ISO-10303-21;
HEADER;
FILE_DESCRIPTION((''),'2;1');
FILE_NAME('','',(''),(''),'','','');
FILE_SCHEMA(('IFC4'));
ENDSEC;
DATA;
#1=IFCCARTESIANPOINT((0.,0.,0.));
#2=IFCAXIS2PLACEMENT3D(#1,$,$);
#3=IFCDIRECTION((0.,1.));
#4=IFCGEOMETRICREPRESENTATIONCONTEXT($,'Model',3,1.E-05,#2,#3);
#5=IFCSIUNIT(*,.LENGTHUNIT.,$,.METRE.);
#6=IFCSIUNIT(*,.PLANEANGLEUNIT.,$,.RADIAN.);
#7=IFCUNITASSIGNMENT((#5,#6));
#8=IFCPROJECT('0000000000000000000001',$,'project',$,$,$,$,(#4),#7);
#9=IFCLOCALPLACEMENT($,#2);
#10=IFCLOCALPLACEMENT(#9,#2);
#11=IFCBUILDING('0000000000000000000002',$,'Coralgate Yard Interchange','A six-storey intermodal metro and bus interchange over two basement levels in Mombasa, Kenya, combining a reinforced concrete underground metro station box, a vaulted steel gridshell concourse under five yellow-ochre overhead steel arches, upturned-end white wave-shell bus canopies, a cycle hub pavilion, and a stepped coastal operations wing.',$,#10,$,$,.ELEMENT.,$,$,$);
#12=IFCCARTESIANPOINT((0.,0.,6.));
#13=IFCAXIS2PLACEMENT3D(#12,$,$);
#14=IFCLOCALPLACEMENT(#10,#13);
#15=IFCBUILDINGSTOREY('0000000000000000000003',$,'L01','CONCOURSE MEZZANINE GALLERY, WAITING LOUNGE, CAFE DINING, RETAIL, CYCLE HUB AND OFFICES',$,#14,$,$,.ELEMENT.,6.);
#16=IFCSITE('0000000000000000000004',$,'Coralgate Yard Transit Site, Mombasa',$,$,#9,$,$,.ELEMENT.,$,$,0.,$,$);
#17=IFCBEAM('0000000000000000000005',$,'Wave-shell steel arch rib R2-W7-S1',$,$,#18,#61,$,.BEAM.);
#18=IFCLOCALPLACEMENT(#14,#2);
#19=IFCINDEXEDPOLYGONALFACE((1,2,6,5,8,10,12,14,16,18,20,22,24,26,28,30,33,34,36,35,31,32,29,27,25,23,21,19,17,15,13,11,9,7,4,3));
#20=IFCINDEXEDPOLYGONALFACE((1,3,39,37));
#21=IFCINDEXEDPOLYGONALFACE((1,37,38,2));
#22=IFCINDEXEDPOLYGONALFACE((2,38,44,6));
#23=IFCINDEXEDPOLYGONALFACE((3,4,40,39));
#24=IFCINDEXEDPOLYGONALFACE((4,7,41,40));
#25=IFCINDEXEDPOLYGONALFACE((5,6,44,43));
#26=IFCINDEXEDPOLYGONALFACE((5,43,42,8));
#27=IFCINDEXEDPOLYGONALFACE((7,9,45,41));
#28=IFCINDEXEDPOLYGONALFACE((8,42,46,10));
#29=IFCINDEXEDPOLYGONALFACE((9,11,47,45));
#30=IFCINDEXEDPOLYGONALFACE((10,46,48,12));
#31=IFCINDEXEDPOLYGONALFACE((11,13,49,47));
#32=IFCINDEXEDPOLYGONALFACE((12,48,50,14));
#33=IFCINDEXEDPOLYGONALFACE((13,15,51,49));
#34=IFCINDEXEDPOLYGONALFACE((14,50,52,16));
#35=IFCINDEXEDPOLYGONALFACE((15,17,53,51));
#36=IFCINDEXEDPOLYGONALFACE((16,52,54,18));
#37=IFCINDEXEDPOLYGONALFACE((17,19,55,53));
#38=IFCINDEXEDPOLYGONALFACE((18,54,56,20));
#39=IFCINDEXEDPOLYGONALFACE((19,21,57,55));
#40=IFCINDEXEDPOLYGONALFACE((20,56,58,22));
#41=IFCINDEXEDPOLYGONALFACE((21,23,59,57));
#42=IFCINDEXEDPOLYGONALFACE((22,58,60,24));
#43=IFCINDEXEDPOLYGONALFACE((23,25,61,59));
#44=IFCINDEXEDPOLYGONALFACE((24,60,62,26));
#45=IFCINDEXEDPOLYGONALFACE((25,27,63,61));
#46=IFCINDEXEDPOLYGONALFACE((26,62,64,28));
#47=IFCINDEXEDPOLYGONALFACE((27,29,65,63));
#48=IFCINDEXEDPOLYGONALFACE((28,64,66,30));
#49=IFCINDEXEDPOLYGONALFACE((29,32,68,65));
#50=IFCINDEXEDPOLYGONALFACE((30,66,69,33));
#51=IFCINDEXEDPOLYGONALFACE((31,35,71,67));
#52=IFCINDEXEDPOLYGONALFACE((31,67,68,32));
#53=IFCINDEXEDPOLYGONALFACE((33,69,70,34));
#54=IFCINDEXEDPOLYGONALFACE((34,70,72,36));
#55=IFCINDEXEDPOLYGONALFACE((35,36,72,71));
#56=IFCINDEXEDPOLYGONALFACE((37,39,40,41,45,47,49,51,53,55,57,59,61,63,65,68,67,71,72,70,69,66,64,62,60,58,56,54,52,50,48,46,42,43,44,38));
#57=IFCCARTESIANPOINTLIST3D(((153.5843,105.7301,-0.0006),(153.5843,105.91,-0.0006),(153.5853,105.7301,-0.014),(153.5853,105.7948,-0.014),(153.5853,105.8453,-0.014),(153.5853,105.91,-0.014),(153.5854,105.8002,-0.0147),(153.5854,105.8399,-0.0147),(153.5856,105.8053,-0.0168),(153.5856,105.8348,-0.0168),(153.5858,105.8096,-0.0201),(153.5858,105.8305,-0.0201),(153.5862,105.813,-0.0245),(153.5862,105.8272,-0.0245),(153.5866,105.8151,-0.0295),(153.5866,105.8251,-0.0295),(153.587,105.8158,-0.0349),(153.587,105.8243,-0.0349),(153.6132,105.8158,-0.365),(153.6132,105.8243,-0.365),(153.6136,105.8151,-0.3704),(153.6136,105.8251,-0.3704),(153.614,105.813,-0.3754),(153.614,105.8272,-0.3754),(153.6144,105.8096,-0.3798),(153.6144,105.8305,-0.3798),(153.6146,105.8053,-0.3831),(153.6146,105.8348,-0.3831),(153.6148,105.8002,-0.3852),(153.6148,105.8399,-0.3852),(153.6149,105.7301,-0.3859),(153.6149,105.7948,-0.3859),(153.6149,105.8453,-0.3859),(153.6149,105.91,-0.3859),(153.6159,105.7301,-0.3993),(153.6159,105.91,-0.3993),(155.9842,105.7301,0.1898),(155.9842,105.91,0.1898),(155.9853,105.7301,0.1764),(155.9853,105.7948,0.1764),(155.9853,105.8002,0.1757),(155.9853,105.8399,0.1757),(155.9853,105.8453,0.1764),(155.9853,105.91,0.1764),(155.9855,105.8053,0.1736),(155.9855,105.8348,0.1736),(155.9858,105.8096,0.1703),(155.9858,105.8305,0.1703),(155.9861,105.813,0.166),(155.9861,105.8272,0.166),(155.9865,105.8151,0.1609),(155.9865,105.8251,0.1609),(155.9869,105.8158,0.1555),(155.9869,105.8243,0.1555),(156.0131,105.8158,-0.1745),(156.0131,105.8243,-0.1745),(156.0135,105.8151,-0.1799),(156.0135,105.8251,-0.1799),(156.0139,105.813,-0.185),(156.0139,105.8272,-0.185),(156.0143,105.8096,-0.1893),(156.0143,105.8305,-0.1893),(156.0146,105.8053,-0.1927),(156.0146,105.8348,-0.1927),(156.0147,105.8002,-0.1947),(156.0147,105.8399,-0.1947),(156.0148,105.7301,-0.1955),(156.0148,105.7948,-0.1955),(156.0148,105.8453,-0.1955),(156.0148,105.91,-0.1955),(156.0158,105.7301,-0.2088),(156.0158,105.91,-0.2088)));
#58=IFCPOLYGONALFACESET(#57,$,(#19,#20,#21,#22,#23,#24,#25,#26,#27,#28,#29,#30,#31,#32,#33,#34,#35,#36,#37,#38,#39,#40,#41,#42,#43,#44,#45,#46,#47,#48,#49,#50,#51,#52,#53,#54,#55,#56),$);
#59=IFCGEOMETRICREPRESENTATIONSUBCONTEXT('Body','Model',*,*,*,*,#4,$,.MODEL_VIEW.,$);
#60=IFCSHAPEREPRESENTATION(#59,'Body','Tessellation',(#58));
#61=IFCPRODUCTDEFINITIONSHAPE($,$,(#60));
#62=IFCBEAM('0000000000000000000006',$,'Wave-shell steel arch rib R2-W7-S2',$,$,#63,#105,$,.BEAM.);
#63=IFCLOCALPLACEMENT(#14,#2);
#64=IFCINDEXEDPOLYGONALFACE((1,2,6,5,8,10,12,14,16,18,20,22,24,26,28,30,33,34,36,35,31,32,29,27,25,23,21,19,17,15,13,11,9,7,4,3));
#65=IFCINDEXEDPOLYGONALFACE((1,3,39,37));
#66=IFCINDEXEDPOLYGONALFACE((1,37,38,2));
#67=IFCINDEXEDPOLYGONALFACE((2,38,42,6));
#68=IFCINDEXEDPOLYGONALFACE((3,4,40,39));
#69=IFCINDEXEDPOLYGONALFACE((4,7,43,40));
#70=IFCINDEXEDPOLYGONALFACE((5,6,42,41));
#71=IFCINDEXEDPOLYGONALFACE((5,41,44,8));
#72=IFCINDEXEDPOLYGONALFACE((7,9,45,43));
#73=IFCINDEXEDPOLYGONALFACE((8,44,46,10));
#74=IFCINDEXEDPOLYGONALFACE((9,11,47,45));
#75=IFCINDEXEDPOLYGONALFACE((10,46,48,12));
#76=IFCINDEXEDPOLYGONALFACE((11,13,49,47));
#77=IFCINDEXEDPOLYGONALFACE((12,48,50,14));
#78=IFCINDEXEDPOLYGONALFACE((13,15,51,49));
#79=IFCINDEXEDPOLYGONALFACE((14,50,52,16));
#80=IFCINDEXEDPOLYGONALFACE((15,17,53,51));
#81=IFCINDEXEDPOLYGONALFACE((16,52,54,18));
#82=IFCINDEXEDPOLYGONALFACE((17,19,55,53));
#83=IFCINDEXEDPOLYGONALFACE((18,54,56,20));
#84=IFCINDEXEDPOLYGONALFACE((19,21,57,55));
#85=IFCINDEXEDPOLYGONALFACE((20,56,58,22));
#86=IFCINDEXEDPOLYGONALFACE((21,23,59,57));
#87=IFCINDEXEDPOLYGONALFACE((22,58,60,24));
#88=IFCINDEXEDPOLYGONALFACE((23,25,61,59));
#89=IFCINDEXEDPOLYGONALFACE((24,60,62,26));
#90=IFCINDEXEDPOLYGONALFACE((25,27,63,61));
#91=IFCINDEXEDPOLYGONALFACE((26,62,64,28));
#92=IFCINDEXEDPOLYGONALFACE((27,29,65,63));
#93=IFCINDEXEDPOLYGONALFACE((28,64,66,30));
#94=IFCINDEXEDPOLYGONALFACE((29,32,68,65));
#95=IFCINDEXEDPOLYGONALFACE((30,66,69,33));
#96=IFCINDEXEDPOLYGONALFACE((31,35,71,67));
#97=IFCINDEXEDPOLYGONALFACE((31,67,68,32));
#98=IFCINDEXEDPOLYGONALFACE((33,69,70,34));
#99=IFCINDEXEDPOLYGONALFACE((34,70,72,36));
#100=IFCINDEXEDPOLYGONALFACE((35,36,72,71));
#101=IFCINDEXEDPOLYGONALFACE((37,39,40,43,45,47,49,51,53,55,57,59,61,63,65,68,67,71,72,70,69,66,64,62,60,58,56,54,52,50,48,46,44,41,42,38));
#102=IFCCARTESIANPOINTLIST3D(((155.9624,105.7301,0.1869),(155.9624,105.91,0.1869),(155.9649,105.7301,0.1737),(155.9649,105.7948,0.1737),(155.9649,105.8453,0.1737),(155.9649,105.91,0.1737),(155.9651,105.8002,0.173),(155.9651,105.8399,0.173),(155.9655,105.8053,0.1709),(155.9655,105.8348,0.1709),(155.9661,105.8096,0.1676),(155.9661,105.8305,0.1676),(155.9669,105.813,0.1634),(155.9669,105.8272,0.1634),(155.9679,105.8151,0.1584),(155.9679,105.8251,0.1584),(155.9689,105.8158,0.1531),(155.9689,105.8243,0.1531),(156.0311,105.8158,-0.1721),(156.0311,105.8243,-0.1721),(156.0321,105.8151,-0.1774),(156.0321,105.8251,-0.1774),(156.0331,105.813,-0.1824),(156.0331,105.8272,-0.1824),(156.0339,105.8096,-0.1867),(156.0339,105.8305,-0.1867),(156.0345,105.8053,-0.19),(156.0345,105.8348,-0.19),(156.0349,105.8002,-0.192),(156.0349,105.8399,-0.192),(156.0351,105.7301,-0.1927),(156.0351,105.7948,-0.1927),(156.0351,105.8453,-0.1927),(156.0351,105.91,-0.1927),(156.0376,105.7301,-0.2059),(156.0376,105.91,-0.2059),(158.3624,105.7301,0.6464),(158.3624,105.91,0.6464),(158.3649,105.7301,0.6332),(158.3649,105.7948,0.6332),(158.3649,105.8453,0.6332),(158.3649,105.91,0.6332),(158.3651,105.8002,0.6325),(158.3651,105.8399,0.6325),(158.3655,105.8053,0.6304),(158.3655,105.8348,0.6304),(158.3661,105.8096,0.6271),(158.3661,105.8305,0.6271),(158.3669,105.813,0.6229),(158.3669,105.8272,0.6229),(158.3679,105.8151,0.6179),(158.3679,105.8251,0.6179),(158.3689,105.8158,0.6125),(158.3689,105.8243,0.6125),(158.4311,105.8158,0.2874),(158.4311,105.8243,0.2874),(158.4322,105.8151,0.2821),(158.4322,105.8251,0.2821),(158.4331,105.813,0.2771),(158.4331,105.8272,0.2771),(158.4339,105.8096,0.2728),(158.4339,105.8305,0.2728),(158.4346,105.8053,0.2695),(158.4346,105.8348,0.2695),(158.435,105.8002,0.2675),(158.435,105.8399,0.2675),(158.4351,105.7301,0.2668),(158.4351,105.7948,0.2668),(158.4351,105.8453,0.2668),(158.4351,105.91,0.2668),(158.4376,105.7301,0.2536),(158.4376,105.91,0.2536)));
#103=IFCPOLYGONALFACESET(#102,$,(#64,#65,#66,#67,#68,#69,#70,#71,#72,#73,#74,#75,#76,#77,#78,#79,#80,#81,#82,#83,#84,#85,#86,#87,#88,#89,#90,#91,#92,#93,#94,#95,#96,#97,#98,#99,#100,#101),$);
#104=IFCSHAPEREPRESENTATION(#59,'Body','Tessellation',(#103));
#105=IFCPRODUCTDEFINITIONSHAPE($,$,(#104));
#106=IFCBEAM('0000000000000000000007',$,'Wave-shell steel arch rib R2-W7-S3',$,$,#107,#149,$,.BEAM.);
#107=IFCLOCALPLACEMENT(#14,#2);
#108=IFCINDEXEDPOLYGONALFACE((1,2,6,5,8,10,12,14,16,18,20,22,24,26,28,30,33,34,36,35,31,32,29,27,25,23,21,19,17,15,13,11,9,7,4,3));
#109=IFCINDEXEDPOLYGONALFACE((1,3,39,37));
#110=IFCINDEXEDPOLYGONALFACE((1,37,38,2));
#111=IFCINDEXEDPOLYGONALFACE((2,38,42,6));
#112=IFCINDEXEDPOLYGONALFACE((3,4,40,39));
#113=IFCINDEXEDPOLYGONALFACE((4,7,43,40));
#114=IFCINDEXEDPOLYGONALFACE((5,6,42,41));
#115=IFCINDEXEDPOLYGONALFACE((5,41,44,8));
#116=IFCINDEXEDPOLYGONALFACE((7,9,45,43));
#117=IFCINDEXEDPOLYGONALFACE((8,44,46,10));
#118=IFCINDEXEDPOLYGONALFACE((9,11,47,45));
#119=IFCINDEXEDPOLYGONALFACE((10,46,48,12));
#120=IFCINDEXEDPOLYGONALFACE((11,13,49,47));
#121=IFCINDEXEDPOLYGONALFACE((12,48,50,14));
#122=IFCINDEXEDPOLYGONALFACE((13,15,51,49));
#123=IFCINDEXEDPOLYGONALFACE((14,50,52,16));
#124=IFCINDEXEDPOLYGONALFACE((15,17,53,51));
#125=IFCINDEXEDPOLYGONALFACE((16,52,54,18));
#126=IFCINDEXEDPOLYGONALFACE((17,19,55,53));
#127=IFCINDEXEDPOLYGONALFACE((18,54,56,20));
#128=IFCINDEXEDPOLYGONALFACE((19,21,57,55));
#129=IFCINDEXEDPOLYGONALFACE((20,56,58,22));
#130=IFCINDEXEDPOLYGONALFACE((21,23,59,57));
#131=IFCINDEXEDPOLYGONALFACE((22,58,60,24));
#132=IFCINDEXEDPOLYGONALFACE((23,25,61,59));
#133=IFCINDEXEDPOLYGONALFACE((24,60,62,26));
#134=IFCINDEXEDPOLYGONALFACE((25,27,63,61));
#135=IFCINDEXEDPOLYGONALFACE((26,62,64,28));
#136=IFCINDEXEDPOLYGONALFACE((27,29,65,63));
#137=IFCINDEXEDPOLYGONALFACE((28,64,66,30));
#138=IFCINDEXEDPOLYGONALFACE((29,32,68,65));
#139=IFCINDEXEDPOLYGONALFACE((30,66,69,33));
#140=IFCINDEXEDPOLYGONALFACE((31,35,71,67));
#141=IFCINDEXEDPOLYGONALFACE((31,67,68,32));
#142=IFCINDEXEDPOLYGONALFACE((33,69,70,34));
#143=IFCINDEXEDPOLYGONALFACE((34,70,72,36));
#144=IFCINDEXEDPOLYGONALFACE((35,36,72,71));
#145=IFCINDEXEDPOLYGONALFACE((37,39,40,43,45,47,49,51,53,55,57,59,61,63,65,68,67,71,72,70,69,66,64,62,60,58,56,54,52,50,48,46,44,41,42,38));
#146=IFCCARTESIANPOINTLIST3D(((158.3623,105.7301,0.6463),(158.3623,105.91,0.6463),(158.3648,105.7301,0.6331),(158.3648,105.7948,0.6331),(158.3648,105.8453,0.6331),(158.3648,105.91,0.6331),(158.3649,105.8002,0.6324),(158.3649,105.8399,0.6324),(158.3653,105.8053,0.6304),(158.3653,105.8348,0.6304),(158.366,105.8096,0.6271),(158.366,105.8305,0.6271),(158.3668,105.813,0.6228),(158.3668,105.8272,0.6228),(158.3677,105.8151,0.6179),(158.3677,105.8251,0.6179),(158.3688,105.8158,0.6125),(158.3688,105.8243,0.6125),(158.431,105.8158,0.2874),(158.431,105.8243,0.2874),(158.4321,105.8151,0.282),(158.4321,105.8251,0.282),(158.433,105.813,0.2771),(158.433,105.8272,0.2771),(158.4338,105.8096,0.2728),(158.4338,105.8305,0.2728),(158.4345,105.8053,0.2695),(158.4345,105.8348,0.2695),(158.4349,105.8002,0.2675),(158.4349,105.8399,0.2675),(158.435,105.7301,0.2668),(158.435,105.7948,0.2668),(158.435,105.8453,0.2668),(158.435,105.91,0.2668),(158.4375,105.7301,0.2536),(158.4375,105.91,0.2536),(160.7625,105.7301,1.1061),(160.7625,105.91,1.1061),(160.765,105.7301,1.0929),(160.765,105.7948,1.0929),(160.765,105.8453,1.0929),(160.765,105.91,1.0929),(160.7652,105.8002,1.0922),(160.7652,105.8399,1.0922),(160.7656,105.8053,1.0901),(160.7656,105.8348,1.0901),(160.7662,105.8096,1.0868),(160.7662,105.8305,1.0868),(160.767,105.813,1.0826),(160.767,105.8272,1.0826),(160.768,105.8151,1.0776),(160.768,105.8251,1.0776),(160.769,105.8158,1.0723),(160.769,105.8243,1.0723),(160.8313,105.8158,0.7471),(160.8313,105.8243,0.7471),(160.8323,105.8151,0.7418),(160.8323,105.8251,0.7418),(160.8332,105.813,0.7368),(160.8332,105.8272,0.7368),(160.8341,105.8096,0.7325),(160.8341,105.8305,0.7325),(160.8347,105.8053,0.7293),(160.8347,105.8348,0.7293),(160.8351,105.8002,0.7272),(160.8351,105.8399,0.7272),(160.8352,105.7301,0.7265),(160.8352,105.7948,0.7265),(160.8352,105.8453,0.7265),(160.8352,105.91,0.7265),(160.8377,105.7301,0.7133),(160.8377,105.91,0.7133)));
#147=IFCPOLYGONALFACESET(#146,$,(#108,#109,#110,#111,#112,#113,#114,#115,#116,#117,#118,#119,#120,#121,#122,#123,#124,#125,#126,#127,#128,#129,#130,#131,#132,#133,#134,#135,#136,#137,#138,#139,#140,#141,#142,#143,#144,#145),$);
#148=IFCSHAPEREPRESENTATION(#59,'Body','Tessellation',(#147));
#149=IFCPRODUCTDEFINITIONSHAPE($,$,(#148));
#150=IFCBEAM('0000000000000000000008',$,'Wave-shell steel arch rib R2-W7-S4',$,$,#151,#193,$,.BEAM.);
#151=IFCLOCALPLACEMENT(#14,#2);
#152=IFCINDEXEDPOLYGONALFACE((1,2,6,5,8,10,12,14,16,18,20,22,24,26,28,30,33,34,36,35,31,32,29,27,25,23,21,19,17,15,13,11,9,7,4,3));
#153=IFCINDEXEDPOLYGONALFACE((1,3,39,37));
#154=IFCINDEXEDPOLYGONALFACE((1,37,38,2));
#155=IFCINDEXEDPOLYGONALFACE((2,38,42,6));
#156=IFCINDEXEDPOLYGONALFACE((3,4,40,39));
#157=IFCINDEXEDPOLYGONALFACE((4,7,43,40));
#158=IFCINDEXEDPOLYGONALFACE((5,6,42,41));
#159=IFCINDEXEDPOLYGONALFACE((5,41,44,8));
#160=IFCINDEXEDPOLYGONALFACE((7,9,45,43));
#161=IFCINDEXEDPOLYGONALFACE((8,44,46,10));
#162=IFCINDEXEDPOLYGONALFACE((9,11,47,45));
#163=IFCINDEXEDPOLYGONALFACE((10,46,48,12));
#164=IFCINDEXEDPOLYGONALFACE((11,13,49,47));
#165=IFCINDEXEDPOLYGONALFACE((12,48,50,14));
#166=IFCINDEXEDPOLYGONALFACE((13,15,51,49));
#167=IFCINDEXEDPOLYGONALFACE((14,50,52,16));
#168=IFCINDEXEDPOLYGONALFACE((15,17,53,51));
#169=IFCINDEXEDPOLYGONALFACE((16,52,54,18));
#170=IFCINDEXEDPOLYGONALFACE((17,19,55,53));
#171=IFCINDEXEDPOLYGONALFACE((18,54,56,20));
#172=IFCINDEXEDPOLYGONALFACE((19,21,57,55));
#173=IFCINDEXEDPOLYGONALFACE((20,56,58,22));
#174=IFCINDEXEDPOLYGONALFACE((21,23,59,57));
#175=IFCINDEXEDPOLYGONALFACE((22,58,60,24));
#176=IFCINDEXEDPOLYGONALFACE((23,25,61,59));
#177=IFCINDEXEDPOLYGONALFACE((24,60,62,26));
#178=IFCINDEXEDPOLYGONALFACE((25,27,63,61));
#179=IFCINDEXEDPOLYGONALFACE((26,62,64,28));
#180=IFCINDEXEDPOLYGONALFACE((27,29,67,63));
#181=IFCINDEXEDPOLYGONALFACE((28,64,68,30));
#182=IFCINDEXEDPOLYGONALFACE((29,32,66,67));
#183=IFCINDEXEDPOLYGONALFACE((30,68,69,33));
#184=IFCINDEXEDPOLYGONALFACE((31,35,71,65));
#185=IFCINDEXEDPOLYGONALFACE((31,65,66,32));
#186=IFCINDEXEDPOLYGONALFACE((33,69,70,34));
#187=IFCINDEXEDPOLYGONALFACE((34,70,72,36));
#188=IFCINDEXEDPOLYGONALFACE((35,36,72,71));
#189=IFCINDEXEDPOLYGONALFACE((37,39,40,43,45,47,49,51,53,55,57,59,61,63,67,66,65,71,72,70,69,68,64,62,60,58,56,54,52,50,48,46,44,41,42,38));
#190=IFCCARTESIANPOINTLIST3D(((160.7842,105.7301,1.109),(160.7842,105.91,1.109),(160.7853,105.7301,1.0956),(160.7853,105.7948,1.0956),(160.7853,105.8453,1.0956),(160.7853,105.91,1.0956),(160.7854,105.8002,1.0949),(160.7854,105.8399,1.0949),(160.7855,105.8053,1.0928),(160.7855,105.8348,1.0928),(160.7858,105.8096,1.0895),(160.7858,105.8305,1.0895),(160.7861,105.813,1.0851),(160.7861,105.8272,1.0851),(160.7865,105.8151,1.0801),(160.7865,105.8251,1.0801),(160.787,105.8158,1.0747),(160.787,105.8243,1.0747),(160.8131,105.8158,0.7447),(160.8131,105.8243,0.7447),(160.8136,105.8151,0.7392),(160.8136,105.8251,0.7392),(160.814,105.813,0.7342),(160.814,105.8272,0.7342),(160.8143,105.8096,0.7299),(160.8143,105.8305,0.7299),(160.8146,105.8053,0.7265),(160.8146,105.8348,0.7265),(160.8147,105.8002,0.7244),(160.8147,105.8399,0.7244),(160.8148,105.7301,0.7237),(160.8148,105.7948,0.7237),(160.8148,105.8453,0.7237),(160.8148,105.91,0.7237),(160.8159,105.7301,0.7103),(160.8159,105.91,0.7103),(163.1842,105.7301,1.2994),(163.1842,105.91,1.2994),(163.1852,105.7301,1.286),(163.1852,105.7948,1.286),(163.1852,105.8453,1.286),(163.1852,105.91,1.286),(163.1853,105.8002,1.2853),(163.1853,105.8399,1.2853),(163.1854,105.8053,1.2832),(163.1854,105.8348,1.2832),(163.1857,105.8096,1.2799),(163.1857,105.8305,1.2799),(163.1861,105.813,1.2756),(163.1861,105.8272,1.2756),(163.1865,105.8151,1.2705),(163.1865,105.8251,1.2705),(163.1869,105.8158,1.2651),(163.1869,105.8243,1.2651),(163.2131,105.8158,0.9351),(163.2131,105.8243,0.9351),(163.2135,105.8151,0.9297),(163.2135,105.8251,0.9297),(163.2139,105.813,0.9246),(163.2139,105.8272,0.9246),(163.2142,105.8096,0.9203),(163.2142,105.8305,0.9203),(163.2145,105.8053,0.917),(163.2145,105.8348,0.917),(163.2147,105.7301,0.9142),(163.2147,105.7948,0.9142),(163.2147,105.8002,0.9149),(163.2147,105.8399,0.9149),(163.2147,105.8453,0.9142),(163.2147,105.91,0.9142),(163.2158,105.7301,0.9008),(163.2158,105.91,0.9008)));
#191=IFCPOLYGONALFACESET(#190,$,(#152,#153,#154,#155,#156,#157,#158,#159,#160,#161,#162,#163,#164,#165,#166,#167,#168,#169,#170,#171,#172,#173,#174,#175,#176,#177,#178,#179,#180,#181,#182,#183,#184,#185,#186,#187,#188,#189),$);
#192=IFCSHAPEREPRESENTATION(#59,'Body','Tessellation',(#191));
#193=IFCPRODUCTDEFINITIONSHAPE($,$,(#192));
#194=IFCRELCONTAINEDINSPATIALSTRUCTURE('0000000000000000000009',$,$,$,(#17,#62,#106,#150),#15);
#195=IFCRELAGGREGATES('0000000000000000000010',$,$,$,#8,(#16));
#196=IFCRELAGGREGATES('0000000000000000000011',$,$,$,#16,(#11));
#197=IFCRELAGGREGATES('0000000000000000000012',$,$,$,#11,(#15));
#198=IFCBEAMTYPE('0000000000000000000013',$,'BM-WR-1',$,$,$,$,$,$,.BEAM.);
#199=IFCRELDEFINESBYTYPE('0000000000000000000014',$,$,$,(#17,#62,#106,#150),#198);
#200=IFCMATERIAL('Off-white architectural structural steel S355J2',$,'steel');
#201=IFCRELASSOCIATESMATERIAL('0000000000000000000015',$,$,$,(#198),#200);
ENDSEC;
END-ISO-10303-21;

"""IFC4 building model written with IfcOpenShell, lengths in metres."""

from ifc_helpers import new_model, si_unit, direction, frame, origin, origin_2d, place, context, subcontext, project, spatial, i_section, extrude, material, material_profile, profile_set, type_object, element, save


model = new_model("IFC4")

# Units and contexts
model_context = context("Model", 3, precision=1e-05, world=origin(), true_north=direction((0.0, 1.0)))
body_context = subcontext(model_context, "Body", "Model", "MODEL_VIEW")
ifc_project = project(units=[si_unit("LENGTHUNIT", "METRE"), si_unit("PLANEANGLEUNIT", "RADIAN")], contexts=[model_context])

# Site, building, storey
site_placement = place(None, origin())
site = spatial("IfcSite", under=ifc_project, at=site_placement, Name="Coralgate Yard Transit Site, Mombasa", CompositionType="ELEMENT", RefElevation=0.0)
building_placement = place(site_placement, origin())
building = spatial("IfcBuilding", under=site, at=building_placement, Name="Coralgate Yard Interchange", Description="A six-storey intermodal metro and bus interchange over two basement levels in Mombasa, Kenya, combining a reinforced concrete underground metro station box, a vaulted steel gridshell concourse under five yellow-ochre overhead steel arches, upturned-end white wave-shell bus canopies, a cycle hub pavilion, and a stepped coastal operations wing.", CompositionType="ELEMENT")
storey_placement = place(building_placement, frame((0.0, 0.0, 6.0)))
storey = spatial("IfcBuildingStorey", under=building, at=storey_placement, Name="L01", Description="CONCOURSE MEZZANINE GALLERY, WAITING LOUNGE, CAFE DINING, RETAIL, CYCLE HUB AND OFFICES", CompositionType="ELEMENT", Elevation=6.0)

# Beams
ifc_material_1 = material(Name="Off-white architectural structural steel S355J2", Category="steel")
ifc_material_profile_1 = material_profile(ifc_material_1, i_section(OverallWidth=0.1799, OverallDepth=0.3999, WebThickness=0.0085, FlangeThickness=0.0134, FilletRadius=0.021, at=origin_2d()), Name="IPE 400")
ifc_profile_set_1 = profile_set([ifc_material_profile_1], Name="Off-white architectural structural steel S355J2")
beam_type_1 = type_object("IfcBeamType", Name="BM-WR-1", PredefinedType="BEAM", material=ifc_profile_set_1)
beam_1_placement = place(storey_placement, frame((153.6001, 105.8201, -0.2), z_axis=(0.996867, 0.0, 0.0791), x_axis=(0.0, 1.0, 0.0)))
element("IfcBeam", 1, at=beam_1_placement, inside=storey, type_object=beam_type_1, Name="Wave-shell steel arch rib R2-W7-S1", PredefinedType="BEAM", context=body_context, shape_type="SweptSolid", body=[
    extrude(i_section(OverallWidth=0.1799, OverallDepth=0.3999, WebThickness=0.0085, FlangeThickness=0.0134, FilletRadius=0.021, at=origin_2d()), origin(), (0.0, 0.0, 1.0), 2.4075),
])
beam_2_placement = place(storey_placement, frame((156.0, 105.8201, -0.0095), z_axis=(0.982161, 0.0, 0.188039), x_axis=(0.0, 1.0, 0.0)))
element("IfcBeam", 2, at=beam_2_placement, inside=storey, type_object=beam_type_1, Name="Wave-shell steel arch rib R2-W7-S2", PredefinedType="BEAM", context=body_context, shape_type="SweptSolid", body=[
    extrude(i_section(OverallWidth=0.1799, OverallDepth=0.3999, WebThickness=0.0085, FlangeThickness=0.0134, FilletRadius=0.021, at=origin_2d()), origin(), (0.0, 0.0, 1.0), 2.4436),
])
beam_3_placement = place(storey_placement, frame((158.3999, 105.8201, 0.45), z_axis=(0.982147, 0.0, 0.188117), x_axis=(0.0, 1.0, 0.0)))
element("IfcBeam", 3, at=beam_3_placement, inside=storey, type_object=beam_type_1, Name="Wave-shell steel arch rib R2-W7-S3", PredefinedType="BEAM", context=body_context, shape_type="SweptSolid", body=[
    extrude(i_section(OverallWidth=0.1799, OverallDepth=0.3999, WebThickness=0.0085, FlangeThickness=0.0134, FilletRadius=0.021, at=origin_2d()), origin(), (0.0, 0.0, 1.0), 2.4438),
])
beam_4_placement = place(storey_placement, frame((160.8, 105.8201, 0.9097), z_axis=(0.996867, 0.0, 0.0791), x_axis=(0.0, 1.0, 0.0)))
element("IfcBeam", 4, at=beam_4_placement, inside=storey, type_object=beam_type_1, Name="Wave-shell steel arch rib R2-W7-S4", PredefinedType="BEAM", context=body_context, shape_type="SweptSolid", body=[
    extrude(i_section(OverallWidth=0.1799, OverallDepth=0.3999, WebThickness=0.0085, FlangeThickness=0.0134, FilletRadius=0.021, at=origin_2d()), origin(), (0.0, 0.0, 1.0), 2.4075),
])

save(model, "model.ifc")
